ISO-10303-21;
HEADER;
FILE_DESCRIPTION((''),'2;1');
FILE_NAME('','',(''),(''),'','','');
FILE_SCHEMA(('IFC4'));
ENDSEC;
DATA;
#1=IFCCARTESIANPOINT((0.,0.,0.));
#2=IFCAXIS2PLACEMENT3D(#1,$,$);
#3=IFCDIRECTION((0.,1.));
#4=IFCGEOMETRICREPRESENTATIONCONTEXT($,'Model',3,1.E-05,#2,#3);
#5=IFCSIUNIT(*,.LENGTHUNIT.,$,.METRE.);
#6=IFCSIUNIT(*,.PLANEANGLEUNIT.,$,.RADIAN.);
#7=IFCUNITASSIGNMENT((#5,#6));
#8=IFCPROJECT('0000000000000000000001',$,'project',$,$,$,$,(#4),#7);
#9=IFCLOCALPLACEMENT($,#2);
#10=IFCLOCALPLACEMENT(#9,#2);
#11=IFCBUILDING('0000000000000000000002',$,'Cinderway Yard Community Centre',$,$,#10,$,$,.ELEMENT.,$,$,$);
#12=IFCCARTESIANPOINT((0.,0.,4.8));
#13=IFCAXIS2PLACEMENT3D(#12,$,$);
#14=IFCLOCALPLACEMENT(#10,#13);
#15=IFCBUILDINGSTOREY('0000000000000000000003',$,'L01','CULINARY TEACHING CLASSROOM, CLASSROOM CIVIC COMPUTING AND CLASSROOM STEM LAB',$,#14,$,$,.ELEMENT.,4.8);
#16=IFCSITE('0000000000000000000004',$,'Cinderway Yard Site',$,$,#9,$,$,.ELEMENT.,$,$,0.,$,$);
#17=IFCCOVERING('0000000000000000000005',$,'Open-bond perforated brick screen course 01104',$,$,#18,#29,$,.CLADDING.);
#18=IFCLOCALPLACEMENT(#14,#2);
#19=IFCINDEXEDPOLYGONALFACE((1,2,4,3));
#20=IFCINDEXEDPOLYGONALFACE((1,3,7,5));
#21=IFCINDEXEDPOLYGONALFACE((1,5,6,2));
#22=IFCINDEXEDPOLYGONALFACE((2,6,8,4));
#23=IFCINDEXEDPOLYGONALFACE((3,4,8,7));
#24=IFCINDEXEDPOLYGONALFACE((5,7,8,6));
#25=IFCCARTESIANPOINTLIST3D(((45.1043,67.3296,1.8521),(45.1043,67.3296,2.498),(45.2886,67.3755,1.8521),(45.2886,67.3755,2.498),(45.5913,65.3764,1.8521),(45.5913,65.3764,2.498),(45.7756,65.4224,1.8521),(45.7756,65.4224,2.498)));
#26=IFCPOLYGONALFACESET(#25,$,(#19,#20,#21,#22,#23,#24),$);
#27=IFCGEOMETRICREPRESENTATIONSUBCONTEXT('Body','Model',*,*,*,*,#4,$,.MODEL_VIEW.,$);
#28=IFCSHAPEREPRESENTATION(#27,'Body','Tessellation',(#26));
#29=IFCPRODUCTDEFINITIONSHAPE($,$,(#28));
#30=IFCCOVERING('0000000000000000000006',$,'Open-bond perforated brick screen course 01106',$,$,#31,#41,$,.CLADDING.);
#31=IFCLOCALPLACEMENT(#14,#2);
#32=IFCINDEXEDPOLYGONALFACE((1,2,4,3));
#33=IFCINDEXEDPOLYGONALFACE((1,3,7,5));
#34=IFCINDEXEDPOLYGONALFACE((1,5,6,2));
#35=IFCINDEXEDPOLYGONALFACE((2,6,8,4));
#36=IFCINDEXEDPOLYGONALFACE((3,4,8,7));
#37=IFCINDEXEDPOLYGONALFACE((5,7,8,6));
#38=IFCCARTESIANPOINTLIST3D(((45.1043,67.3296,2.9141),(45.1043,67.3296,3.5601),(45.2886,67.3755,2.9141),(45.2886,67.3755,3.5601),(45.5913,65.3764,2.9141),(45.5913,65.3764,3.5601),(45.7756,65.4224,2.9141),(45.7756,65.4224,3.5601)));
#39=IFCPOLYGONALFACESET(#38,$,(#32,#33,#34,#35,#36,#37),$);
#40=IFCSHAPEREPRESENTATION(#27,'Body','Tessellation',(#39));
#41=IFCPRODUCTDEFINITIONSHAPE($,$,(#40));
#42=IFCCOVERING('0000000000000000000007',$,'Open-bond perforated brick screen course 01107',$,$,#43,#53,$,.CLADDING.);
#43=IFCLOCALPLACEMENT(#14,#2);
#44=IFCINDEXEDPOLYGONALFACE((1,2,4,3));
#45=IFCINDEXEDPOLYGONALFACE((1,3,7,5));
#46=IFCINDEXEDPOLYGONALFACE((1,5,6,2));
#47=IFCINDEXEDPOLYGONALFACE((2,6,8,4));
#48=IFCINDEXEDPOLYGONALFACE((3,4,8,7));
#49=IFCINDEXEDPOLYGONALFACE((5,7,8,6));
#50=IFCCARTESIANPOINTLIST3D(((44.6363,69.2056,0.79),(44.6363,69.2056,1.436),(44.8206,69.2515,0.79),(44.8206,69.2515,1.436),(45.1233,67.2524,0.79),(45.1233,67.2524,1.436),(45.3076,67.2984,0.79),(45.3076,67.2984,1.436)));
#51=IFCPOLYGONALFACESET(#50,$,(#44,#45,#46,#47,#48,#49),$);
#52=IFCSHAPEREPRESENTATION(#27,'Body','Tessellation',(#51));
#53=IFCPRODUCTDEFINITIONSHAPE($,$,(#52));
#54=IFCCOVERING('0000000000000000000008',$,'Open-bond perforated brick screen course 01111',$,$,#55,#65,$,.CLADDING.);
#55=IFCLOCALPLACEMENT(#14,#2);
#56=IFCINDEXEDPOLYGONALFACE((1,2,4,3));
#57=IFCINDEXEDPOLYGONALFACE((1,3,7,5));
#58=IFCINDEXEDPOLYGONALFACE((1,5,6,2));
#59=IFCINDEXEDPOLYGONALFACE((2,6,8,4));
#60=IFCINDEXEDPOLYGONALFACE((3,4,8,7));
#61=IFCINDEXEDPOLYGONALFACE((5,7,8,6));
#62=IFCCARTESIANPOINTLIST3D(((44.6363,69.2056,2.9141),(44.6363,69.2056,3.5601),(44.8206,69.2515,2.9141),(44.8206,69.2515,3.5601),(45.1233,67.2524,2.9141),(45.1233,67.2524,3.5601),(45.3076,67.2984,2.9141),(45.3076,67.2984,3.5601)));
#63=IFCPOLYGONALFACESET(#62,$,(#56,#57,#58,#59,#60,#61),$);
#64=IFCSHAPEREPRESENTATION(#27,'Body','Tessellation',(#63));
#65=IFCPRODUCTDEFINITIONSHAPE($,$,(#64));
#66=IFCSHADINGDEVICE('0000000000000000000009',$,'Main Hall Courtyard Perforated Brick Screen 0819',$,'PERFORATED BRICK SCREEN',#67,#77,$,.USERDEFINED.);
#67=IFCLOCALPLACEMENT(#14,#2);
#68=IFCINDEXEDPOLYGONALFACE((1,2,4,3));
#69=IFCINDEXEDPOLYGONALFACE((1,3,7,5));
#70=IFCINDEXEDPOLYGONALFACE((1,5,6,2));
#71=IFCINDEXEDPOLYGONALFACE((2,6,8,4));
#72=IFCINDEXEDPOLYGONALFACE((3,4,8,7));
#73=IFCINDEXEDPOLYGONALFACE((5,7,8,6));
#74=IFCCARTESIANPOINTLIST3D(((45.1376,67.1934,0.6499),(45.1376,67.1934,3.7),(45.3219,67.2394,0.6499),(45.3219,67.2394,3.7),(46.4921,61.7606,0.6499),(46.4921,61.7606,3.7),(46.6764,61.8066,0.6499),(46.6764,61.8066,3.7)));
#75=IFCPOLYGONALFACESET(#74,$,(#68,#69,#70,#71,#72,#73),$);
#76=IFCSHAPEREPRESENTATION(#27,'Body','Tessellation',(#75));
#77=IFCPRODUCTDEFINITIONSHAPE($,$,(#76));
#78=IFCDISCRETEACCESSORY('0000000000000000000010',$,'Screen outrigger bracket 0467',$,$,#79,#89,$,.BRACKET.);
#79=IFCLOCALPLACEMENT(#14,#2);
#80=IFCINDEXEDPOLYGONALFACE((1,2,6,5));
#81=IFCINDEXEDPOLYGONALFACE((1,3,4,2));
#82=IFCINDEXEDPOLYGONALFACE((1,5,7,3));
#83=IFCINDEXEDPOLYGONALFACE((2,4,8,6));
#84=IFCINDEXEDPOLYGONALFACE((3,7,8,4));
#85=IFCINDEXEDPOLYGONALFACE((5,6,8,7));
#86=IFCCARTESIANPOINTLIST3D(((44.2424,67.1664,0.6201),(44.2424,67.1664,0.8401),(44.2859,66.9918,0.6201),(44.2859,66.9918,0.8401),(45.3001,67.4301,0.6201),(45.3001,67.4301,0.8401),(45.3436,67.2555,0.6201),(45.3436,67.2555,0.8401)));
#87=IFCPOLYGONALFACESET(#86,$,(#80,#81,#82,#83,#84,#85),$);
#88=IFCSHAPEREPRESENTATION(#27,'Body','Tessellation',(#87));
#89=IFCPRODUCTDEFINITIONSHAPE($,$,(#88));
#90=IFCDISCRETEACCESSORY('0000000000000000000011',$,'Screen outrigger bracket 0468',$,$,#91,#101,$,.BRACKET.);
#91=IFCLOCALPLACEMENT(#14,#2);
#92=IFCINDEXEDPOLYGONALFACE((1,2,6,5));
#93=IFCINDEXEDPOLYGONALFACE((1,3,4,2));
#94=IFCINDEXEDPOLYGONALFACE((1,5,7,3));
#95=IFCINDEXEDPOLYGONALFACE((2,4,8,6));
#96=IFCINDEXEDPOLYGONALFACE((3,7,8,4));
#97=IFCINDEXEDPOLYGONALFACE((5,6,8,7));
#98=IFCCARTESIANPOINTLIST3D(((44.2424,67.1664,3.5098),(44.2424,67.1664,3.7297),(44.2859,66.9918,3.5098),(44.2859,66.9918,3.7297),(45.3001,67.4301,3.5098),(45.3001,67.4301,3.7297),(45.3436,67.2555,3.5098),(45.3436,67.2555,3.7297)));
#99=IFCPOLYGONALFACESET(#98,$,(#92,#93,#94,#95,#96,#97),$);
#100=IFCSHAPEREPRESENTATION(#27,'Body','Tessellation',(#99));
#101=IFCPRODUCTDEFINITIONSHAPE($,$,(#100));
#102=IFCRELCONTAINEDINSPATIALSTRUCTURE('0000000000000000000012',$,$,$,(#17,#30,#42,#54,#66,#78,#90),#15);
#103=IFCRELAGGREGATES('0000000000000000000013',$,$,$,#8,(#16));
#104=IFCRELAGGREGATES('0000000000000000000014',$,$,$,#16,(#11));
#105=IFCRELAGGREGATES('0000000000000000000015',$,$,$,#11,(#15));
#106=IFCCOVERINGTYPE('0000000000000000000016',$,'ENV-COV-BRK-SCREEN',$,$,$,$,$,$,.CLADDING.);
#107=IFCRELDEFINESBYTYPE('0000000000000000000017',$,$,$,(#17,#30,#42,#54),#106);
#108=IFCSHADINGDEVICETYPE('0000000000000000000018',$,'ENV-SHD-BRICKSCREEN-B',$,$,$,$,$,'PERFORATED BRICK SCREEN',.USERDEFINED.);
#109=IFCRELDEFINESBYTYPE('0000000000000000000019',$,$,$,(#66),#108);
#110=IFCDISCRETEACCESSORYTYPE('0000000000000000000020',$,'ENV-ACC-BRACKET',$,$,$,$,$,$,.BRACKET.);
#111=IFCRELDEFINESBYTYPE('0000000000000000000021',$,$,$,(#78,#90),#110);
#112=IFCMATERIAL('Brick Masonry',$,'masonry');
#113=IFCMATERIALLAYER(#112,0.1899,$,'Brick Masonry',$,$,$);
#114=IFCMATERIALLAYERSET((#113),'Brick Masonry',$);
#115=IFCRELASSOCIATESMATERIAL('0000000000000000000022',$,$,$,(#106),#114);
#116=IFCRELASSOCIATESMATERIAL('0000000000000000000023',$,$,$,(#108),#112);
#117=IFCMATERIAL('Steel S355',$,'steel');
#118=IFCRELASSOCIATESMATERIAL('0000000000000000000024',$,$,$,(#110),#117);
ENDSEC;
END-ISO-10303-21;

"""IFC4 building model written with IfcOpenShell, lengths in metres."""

from ifc_helpers import new_model, si_unit, direction, frame, origin, origin_2d, place, context, subcontext, project, spatial, rectangle, extrude, material, layer, layer_set, type_object, element, save


model = new_model("IFC4")

# Units and contexts
model_context = context("Model", 3, precision=1e-05, world=origin(), true_north=direction((0.0, 1.0)))
body_context = subcontext(model_context, "Body", "Model", "MODEL_VIEW")
ifc_project = project(units=[si_unit("LENGTHUNIT", "METRE"), si_unit("PLANEANGLEUNIT", "RADIAN")], contexts=[model_context])

# Site, building, storey
site_placement = place(None, origin())
site = spatial("IfcSite", under=ifc_project, at=site_placement, Name="Cinderway Yard Site", CompositionType="ELEMENT", RefElevation=0.0)
building_placement = place(site_placement, origin())
building = spatial("IfcBuilding", under=site, at=building_placement, Name="Cinderway Yard Community Centre", CompositionType="ELEMENT")
storey_placement = place(building_placement, frame((0.0, 0.0, 4.8)))
storey = spatial("IfcBuildingStorey", under=building, at=storey_placement, Name="L01", Description="CULINARY TEACHING CLASSROOM, CLASSROOM CIVIC COMPUTING AND CLASSROOM STEM LAB", CompositionType="ELEMENT", Elevation=4.8)

# Shared definitions
ifc_material_1 = material(Name="Steel S355", Category="steel")

# Coverings
ifc_material_2 = material(Name="Brick Masonry", Category="masonry")
ifc_layer_1 = layer(ifc_material_2, 0.1899, Name="Brick Masonry")
ifc_layer_set_1 = layer_set([ifc_layer_1], Name="Brick Masonry")
covering_type = type_object("IfcCoveringType", Name="ENV-COV-BRK-SCREEN", PredefinedType="CLADDING", material=ifc_layer_set_1)
for number, where, z_axis, x_axis, name in (
    (1, (45.4399, 66.376, 1.8521), (0.0, 0.0, 1.0), (0.241922, -0.970296, 0.0), "Open-bond perforated brick screen course 01104"),
    (2, (45.4399, 66.376, 2.9141), (0.0, 0.0, 1.0), (0.241922, -0.970296, 0.0), "Open-bond perforated brick screen course 01106"),
    (3, (44.9719, 68.252, 0.79), (0.0, 0.0, 1.0), (0.241922, -0.970296, 0.0), "Open-bond perforated brick screen course 01107"),
    (4, (44.9719, 68.252, 2.9141), (0.0, 0.0, 1.0), (0.241922, -0.970296, 0.0), "Open-bond perforated brick screen course 01111"),
):
    element("IfcCovering", number, at=place(storey_placement, frame(where, z_axis=z_axis, x_axis=x_axis)), inside=storey, type_object=covering_type, Name=name, PredefinedType="CLADDING", context=body_context, shape_type="SweptSolid", body=[
        extrude(rectangle(XDim=2.0129, YDim=0.1899, at=origin_2d()), origin(), (0.0, 0.0, 1.0), 0.646),
    ])

# Shading device
shading_device_type = type_object("IfcShadingDeviceType", Name="ENV-SHD-BRICKSCREEN-B", ElementType="PERFORATED BRICK SCREEN", PredefinedType="USERDEFINED", material=ifc_material_2)
shading_device_placement = place(storey_placement, frame((45.907, 64.5, 0.6499), z_axis=(0.0, 0.0, 1.0), x_axis=(0.241922, -0.970296, 0.0)))
element("IfcShadingDevice", 5, at=shading_device_placement, inside=storey, type_object=shading_device_type, Name="Main Hall Courtyard Perforated Brick Screen 0819", ObjectType="PERFORATED BRICK SCREEN", PredefinedType="USERDEFINED", context=body_context, shape_type="SweptSolid", body=[
    extrude(rectangle(XDim=5.5991, YDim=0.1899, at=origin_2d()), origin(), (0.0, 0.0, 1.0), 3.05),
])

# Discrete accessories
discrete_accessory_type = type_object("IfcDiscreteAccessoryType", Name="ENV-ACC-BRACKET", PredefinedType="BRACKET", material=ifc_material_1)
for number, where, z_axis, x_axis, name in (
    (6, (44.793, 67.2109, 0.6201), (0.0, 0.0, 1.0), (0.970296, 0.241922, 0.0), "Screen outrigger bracket 0467"),
    (7, (44.793, 67.2109, 3.5098), (0.0, 0.0, 1.0), (0.970296, 0.241922, 0.0), "Screen outrigger bracket 0468"),
):
    element("IfcDiscreteAccessory", number, at=place(storey_placement, frame(where, z_axis=z_axis, x_axis=x_axis)), inside=storey, type_object=discrete_accessory_type, Name=name, PredefinedType="BRACKET", context=body_context, shape_type="SweptSolid", body=[
        extrude(rectangle(XDim=1.0901, YDim=0.1799, at=origin_2d()), origin(), (0.0, 0.0, 1.0), 0.22),
    ])

save(model, "model.ifc")
